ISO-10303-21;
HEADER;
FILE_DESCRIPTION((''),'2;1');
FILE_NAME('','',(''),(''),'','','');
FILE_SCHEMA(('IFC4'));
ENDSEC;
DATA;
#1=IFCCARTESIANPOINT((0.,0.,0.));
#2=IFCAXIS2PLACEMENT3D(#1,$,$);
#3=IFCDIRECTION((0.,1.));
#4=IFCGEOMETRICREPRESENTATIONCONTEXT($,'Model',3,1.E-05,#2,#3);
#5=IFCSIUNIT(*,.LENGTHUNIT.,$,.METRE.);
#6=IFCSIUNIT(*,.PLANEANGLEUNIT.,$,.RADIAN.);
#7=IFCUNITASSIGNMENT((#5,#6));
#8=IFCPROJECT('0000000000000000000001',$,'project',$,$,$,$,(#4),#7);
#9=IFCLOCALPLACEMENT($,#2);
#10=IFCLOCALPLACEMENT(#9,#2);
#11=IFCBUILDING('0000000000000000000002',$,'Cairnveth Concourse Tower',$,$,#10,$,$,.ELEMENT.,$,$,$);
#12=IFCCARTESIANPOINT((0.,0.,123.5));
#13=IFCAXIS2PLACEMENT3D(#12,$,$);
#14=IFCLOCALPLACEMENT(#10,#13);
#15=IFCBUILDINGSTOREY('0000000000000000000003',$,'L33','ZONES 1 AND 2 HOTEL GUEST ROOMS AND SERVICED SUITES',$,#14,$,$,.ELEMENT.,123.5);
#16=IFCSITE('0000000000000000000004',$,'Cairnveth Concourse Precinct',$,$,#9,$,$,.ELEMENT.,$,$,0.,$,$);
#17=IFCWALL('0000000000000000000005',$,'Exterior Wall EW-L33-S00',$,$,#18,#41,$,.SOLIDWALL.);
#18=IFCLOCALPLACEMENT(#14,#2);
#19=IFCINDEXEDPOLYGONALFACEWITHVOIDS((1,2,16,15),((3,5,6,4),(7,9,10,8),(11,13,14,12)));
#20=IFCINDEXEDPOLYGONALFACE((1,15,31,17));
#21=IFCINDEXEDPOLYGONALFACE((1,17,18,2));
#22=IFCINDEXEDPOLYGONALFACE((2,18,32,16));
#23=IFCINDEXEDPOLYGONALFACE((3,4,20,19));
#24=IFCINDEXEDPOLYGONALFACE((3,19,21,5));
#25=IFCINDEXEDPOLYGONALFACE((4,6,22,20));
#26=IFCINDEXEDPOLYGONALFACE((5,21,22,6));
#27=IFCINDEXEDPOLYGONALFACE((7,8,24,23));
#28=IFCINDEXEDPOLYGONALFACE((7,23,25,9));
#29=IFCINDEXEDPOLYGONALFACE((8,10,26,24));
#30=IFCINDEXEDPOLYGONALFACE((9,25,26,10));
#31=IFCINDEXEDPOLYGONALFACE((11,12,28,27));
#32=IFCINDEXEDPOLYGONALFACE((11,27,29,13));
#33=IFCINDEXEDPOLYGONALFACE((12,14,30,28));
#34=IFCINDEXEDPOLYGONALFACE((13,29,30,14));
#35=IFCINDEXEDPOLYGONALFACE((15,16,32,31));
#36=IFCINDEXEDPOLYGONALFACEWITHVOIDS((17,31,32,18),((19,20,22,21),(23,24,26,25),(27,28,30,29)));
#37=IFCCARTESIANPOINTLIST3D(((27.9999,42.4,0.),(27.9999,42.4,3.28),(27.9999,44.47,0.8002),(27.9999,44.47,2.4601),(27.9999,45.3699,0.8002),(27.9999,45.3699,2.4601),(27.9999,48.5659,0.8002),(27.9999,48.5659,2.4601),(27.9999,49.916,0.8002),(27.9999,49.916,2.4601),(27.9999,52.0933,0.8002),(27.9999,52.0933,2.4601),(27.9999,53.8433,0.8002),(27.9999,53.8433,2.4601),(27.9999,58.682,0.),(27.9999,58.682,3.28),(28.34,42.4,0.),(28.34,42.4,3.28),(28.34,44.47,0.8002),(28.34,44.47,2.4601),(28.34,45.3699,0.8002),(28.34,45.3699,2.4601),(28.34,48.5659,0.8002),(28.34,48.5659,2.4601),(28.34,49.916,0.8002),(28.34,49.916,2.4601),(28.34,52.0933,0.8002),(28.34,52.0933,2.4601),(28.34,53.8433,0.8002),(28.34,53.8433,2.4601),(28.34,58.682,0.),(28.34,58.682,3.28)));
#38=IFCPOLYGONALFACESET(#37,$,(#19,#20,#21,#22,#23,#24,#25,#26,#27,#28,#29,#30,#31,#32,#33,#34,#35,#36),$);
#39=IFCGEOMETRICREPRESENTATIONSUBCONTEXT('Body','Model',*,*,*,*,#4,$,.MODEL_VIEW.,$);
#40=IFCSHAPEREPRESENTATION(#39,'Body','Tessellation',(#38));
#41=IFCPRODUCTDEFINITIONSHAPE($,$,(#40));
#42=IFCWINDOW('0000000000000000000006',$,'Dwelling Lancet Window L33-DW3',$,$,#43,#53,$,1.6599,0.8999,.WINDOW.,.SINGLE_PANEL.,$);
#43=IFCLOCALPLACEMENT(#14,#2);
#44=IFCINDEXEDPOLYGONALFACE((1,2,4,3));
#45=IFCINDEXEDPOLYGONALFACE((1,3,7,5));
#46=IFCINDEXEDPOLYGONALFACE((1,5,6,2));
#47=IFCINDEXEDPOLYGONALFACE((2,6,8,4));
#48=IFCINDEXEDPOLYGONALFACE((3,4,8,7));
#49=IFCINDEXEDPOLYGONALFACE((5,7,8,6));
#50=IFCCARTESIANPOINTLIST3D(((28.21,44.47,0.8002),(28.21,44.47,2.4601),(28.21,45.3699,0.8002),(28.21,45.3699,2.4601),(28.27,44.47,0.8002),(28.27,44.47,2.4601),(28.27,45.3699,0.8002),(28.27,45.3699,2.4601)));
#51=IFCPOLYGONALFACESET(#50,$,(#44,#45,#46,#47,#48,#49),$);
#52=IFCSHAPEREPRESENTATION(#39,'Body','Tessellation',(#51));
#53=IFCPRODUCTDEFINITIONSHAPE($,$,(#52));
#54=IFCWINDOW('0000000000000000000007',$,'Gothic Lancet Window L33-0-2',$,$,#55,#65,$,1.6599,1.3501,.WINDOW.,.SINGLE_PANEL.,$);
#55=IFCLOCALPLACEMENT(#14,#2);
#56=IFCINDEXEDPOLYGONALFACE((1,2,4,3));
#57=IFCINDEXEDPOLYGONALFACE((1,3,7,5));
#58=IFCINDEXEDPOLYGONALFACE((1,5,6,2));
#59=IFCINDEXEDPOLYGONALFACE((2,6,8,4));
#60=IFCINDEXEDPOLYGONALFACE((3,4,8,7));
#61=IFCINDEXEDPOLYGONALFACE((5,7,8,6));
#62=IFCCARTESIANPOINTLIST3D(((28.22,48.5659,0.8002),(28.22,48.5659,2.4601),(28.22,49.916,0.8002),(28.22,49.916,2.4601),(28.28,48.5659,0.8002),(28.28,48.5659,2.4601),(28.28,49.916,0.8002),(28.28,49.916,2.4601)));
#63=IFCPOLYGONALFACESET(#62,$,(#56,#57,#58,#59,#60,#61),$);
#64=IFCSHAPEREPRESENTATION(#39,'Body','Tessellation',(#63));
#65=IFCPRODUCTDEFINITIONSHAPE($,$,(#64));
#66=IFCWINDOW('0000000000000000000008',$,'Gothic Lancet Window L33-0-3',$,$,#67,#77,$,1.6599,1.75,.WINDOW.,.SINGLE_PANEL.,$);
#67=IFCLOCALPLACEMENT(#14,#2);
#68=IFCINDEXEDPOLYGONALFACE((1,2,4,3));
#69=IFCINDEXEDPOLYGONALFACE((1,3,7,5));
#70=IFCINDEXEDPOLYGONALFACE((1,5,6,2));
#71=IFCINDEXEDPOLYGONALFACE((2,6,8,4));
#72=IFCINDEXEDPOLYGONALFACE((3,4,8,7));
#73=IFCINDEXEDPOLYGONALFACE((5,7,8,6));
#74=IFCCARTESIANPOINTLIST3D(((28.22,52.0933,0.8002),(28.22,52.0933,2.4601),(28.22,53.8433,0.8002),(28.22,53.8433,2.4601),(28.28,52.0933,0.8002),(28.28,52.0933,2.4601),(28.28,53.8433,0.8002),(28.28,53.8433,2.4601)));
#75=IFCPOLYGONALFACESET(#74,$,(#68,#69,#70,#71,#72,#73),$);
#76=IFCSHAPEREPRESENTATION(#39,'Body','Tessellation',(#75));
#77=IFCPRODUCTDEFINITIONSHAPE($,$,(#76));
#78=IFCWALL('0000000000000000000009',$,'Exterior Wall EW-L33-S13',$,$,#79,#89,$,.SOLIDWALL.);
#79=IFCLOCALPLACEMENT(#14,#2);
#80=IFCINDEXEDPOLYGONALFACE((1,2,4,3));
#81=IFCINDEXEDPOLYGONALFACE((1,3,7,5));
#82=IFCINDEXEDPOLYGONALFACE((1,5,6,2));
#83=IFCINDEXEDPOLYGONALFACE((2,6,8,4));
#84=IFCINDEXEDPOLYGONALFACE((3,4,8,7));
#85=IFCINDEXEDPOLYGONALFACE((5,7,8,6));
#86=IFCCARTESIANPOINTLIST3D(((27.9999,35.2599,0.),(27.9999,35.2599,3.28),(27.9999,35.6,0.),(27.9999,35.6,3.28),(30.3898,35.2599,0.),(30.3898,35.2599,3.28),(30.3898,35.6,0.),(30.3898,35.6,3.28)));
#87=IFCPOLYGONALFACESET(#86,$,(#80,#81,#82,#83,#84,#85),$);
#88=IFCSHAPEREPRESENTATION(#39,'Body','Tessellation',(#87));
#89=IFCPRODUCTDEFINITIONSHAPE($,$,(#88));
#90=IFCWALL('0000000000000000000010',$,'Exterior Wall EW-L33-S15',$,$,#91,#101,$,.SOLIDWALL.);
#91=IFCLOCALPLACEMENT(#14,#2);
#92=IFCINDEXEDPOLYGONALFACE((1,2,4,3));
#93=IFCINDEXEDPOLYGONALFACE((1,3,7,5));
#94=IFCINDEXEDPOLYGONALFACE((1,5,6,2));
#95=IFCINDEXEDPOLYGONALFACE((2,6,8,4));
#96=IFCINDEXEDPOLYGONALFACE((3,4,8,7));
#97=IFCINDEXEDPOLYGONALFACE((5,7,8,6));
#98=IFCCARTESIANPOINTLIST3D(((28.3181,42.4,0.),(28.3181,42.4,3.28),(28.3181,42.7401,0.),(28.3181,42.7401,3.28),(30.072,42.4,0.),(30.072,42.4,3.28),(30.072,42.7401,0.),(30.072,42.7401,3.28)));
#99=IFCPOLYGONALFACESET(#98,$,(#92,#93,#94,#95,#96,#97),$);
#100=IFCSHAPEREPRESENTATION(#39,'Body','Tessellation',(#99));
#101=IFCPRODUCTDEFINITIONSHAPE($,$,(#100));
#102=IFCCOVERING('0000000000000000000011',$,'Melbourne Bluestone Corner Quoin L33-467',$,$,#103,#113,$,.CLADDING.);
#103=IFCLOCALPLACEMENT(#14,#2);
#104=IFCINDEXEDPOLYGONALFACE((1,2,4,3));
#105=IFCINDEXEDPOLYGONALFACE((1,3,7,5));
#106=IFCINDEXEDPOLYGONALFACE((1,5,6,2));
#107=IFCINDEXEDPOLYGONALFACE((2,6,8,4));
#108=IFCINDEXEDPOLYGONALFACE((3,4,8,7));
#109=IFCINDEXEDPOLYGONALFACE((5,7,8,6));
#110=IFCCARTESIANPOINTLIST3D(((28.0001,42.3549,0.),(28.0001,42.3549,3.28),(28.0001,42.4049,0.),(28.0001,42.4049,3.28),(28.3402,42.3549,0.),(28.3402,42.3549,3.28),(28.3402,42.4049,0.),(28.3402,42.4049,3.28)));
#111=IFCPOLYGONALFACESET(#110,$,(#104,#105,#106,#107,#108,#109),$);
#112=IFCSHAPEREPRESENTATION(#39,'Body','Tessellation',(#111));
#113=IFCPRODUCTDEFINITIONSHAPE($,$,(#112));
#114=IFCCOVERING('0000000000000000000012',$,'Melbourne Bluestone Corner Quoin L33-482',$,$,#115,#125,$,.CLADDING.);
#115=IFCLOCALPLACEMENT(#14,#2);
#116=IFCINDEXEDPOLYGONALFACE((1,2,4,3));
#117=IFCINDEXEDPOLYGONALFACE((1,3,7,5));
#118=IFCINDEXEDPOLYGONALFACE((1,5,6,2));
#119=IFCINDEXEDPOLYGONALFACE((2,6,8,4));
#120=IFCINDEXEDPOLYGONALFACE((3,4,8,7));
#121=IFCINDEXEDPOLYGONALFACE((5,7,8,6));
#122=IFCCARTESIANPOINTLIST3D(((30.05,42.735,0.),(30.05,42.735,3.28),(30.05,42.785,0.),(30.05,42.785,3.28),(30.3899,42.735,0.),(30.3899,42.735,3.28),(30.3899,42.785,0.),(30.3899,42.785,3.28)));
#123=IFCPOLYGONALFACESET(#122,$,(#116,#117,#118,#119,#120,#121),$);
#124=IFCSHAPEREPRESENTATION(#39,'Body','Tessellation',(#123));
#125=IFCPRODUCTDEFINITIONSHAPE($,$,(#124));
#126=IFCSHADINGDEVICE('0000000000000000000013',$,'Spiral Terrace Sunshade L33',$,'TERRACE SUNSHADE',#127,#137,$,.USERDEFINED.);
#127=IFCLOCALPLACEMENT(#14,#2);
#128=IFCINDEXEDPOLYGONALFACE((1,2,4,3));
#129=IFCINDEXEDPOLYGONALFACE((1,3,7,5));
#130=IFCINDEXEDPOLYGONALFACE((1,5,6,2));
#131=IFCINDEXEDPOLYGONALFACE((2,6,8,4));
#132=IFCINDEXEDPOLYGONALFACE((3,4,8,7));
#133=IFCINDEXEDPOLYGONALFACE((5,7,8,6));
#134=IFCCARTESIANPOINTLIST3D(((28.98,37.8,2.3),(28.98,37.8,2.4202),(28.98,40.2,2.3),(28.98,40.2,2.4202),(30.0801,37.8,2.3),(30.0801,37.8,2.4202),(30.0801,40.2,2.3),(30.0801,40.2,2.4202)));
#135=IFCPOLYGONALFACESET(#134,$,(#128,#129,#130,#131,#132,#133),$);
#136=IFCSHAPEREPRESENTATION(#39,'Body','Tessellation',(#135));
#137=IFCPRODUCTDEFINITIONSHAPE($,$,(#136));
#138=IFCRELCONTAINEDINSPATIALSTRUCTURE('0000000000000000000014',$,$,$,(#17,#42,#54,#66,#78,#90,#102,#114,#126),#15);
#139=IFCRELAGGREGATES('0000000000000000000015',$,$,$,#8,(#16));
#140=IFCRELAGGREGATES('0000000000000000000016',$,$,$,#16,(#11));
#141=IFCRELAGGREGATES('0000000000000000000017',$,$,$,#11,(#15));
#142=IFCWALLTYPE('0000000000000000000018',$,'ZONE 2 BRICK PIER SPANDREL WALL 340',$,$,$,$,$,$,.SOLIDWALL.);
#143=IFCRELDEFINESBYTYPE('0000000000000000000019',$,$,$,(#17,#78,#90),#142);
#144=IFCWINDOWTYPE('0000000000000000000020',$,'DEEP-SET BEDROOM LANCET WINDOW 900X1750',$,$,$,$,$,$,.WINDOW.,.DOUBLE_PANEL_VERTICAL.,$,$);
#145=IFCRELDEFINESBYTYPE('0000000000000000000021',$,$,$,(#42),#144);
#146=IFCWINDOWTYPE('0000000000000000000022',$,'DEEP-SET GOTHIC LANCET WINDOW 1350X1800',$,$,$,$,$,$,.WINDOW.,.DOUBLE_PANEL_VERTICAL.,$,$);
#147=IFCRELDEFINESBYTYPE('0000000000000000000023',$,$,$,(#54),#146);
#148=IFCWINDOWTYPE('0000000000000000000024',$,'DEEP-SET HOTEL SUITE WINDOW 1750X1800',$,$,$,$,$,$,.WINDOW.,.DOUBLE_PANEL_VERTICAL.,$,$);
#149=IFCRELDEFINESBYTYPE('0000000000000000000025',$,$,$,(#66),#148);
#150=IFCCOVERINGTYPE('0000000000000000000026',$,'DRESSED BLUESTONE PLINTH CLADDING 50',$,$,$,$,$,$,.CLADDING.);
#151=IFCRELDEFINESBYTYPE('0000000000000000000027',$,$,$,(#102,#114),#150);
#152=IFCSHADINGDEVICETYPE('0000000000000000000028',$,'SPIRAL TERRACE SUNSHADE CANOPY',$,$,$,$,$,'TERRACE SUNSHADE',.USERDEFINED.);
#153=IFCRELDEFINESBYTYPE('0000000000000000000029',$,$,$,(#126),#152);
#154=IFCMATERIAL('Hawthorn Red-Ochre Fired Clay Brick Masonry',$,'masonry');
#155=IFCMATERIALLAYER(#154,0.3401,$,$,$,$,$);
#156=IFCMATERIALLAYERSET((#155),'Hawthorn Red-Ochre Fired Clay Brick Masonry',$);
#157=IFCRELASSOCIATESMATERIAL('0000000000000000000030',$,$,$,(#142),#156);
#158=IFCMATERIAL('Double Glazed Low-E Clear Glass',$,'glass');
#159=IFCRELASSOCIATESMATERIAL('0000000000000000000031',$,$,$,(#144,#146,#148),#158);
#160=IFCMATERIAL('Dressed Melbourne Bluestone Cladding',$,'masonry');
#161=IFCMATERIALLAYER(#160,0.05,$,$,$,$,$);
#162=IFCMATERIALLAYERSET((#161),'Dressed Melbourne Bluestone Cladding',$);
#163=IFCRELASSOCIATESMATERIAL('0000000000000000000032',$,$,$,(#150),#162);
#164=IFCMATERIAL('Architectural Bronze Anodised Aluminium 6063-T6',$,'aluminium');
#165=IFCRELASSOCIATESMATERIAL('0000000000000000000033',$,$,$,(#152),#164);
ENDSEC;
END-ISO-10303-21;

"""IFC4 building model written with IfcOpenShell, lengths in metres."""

from ifc_helpers import new_model, si_unit, direction, frame, frame_2d, origin, origin_2d, place, context, subcontext, project, spatial, rectangle, extrude, material, layer, layer_set, type_object, element, fill, save


model = new_model("IFC4")

# Units and contexts
model_context = context("Model", 3, precision=1e-05, world=origin(), true_north=direction((0.0, 1.0)))
body_context = subcontext(model_context, "Body", "Model", "MODEL_VIEW")
ifc_project = project(units=[si_unit("LENGTHUNIT", "METRE"), si_unit("PLANEANGLEUNIT", "RADIAN")], contexts=[model_context])

# Site, building, storey
site_placement = place(None, origin())
site = spatial("IfcSite", under=ifc_project, at=site_placement, Name="Cairnveth Concourse Precinct", CompositionType="ELEMENT", RefElevation=0.0)
building_placement = place(site_placement, origin())
building = spatial("IfcBuilding", under=site, at=building_placement, Name="Cairnveth Concourse Tower", CompositionType="ELEMENT")
storey_placement = place(building_placement, frame((0.0, 0.0, 123.5)))
storey = spatial("IfcBuildingStorey", under=building, at=storey_placement, Name="L33", Description="ZONES 1 AND 2 HOTEL GUEST ROOMS AND SERVICED SUITES", CompositionType="ELEMENT", Elevation=123.5)

# Shared definitions
ifc_material_1 = material(Name="Dressed Melbourne Bluestone Cladding", Category="masonry")

# Wall, openings, windows
ifc_material_2 = material(Name="Hawthorn Red-Ochre Fired Clay Brick Masonry", Category="masonry")
ifc_layer_1 = layer(ifc_material_2, 0.3401)
ifc_layer_set_1 = layer_set([ifc_layer_1], Name="Hawthorn Red-Ochre Fired Clay Brick Masonry")
wall_type_1 = type_object("IfcWallType", Name="ZONE 2 BRICK PIER SPANDREL WALL 340", PredefinedType="SOLIDWALL", material=ifc_layer_set_1)
wall_1_placement = place(storey_placement, frame((28.1699, 42.3999, 0.0), z_axis=(0.0, 0.0, 1.0), x_axis=(0.0, 1.0, 0.0)))
wall_1 = element("IfcWall", 1, at=wall_1_placement, inside=storey, type_object=wall_type_1, Name="Exterior Wall EW-L33-S00", PredefinedType="SOLIDWALL", context=body_context, shape_type="SweptSolid", body=[
    extrude(rectangle(XDim=16.282, YDim=0.3401, at=frame_2d((8.1411, 0.0))), origin(), (0.0, 0.0, 1.0), 3.28),
])
opening_1_placement = place(wall_1_placement, frame((6.166, 0.0, 0.8)))
opening_1 = element("IfcOpeningElement", 2, at=opening_1_placement, cuts=wall_1, PredefinedType="OPENING", context=body_context, shape_type="SweptSolid", body=[
    extrude(rectangle(XDim=1.3501, YDim=1.6599, at=frame_2d((0.675, 0.8301))), frame((0.0, 0.1799, 0.0), z_axis=(0.0, -1.0, 0.0), x_axis=(1.0, 0.0, 0.0)), (0.0, 0.0, 1.0), 0.3601),
])
opening_2_placement = place(wall_1_placement, frame((9.6934, 0.0, 0.8)))
opening_2 = element("IfcOpeningElement", 3, at=opening_2_placement, cuts=wall_1, PredefinedType="OPENING", context=body_context, shape_type="SweptSolid", body=[
    extrude(rectangle(XDim=1.75, YDim=1.6599, at=frame_2d((0.875, 0.8301))), frame((0.0, 0.1799, 0.0), z_axis=(0.0, -1.0, 0.0), x_axis=(1.0, 0.0, 0.0)), (0.0, 0.0, 1.0), 0.3601),
])
opening_3_placement = place(wall_1_placement, frame((2.0701, 0.0, 0.8)))
opening_3 = element("IfcOpeningElement", 4, at=opening_3_placement, cuts=wall_1, PredefinedType="OPENING", context=body_context, shape_type="SweptSolid", body=[
    extrude(rectangle(XDim=0.8999, YDim=1.6599, at=frame_2d((0.45, 0.8301))), frame((0.0, 0.1799, 0.0), z_axis=(0.0, -1.0, 0.0), x_axis=(1.0, 0.0, 0.0)), (0.0, 0.0, 1.0), 0.3601),
])
ifc_material_3 = material(Name="Double Glazed Low-E Clear Glass", Category="glass")
window_type_1 = type_object("IfcWindowType", Name="DEEP-SET BEDROOM LANCET WINDOW 900X1750", PartitioningType="DOUBLE_PANEL_VERTICAL", PredefinedType="WINDOW", material=ifc_material_3)
window_1_placement = place(opening_3_placement, origin())
window_1 = element("IfcWindow", 5, at=window_1_placement, inside=storey, type_object=window_type_1, Name="Dwelling Lancet Window L33-DW3", OverallHeight=1.6599, OverallWidth=0.8999, PartitioningType="SINGLE_PANEL", PredefinedType="WINDOW", context=body_context, shape_type="SweptSolid", body=[
    extrude(rectangle(XDim=0.8999, YDim=1.6599, at=frame_2d((0.45, 0.8301))), frame((0.0, -0.04, 0.0), z_axis=(0.0, -1.0, 0.0), x_axis=(1.0, 0.0, 0.0)), (0.0, 0.0, 1.0), 0.0601),
])
fill(opening_3, window_1)
window_type_2 = type_object("IfcWindowType", Name="DEEP-SET GOTHIC LANCET WINDOW 1350X1800", PartitioningType="DOUBLE_PANEL_VERTICAL", PredefinedType="WINDOW", material=ifc_material_3)
window_2_placement = place(opening_1_placement, origin())
window_2 = element("IfcWindow", 6, at=window_2_placement, inside=storey, type_object=window_type_2, Name="Gothic Lancet Window L33-0-2", OverallHeight=1.6599, OverallWidth=1.3501, PartitioningType="SINGLE_PANEL", PredefinedType="WINDOW", context=body_context, shape_type="SweptSolid", body=[
    extrude(rectangle(XDim=1.3501, YDim=1.6599, at=frame_2d((0.675, 0.8301))), frame((0.0, -0.05, 0.0), z_axis=(0.0, -1.0, 0.0), x_axis=(1.0, 0.0, 0.0)), (0.0, 0.0, 1.0), 0.0601),
])
fill(opening_1, window_2)
window_type_3 = type_object("IfcWindowType", Name="DEEP-SET HOTEL SUITE WINDOW 1750X1800", PartitioningType="DOUBLE_PANEL_VERTICAL", PredefinedType="WINDOW", material=ifc_material_3)
window_3_placement = place(opening_2_placement, origin())
window_3 = element("IfcWindow", 7, at=window_3_placement, inside=storey, type_object=window_type_3, Name="Gothic Lancet Window L33-0-3", OverallHeight=1.6599, OverallWidth=1.75, PartitioningType="SINGLE_PANEL", PredefinedType="WINDOW", context=body_context, shape_type="SweptSolid", body=[
    extrude(rectangle(XDim=1.75, YDim=1.6599, at=frame_2d((0.875, 0.8301))), frame((0.0, -0.05, 0.0), z_axis=(0.0, -1.0, 0.0), x_axis=(1.0, 0.0, 0.0)), (0.0, 0.0, 1.0), 0.0601),
])
fill(opening_2, window_3)

# Wall
wall_2_placement = place(storey_placement, frame((28.0, 35.4299, 0.0), z_axis=(0.0, 0.0, 1.0), x_axis=(1.0, 0.0, 0.0)))
element("IfcWall", 8, at=wall_2_placement, inside=storey, type_object=wall_type_1, Name="Exterior Wall EW-L33-S13", PredefinedType="SOLIDWALL", context=body_context, shape_type="SweptSolid", body=[
    extrude(rectangle(XDim=2.3899, YDim=0.3401, at=frame_2d((1.1948, 0.0))), origin(), (0.0, 0.0, 1.0), 3.28),
])

# Shared definitions
ifc_material_4 = material(Name="Architectural Bronze Anodised Aluminium 6063-T6", Category="aluminium")

# Wall
wall_3_placement = place(storey_placement, frame((30.072, 42.5701, 0.0), z_axis=(0.0, 0.0, 1.0), x_axis=(-1.0, 0.0, 0.0)))
element("IfcWall", 9, at=wall_3_placement, inside=storey, type_object=wall_type_1, Name="Exterior Wall EW-L33-S15", PredefinedType="SOLIDWALL", context=body_context, shape_type="SweptSolid", body=[
    extrude(rectangle(XDim=1.7539, YDim=0.3401, at=frame_2d((0.877, 0.0))), origin(), (0.0, 0.0, 1.0), 3.28),
])

# Coverings
ifc_layer_2 = layer(ifc_material_1, 0.05)
ifc_layer_set_2 = layer_set([ifc_layer_2], Name="Dressed Melbourne Bluestone Cladding")
covering_type = type_object("IfcCoveringType", Name="DRESSED BLUESTONE PLINTH CLADDING 50", PredefinedType="CLADDING", material=ifc_layer_set_2)
covering_1_placement = place(storey_placement, frame((28.3401, 42.3799, 0.0), z_axis=(0.0, 0.0, 1.0), x_axis=(-1.0, 0.0, 0.0)))
element("IfcCovering", 10, at=covering_1_placement, inside=storey, type_object=covering_type, Name="Melbourne Bluestone Corner Quoin L33-467", PredefinedType="CLADDING", context=body_context, shape_type="SweptSolid", body=[
    extrude(rectangle(XDim=0.3401, YDim=0.05, at=frame_2d((0.1699, 0.0))), origin(), (0.0, 0.0, 1.0), 3.28),
])
covering_2_placement = place(storey_placement, frame((30.3899, 42.76, 0.0), z_axis=(0.0, 0.0, 1.0), x_axis=(-1.0, 0.0, 0.0)))
element("IfcCovering", 11, at=covering_2_placement, inside=storey, type_object=covering_type, Name="Melbourne Bluestone Corner Quoin L33-482", PredefinedType="CLADDING", context=body_context, shape_type="SweptSolid", body=[
    extrude(rectangle(XDim=0.3398, YDim=0.05, at=frame_2d((0.1699, 0.0))), origin(), (0.0, 0.0, 1.0), 3.28),
])

# Shading device
shading_device_type = type_object("IfcShadingDeviceType", Name="SPIRAL TERRACE SUNSHADE CANOPY", ElementType="TERRACE SUNSHADE", PredefinedType="USERDEFINED", material=ifc_material_4)
shading_device_placement = place(storey_placement, frame((29.53, 39.0, 2.3), z_axis=(0.0, 0.0, 1.0), x_axis=(1.0, 0.0, 0.0)))
element("IfcShadingDevice", 12, at=shading_device_placement, inside=storey, type_object=shading_device_type, Name="Spiral Terrace Sunshade L33", ObjectType="TERRACE SUNSHADE", PredefinedType="USERDEFINED", context=body_context, shape_type="SweptSolid", body=[
    extrude(rectangle(XDim=1.1001, YDim=2.3999, at=origin_2d()), origin(), (0.0, 0.0, 1.0), 0.1201),
])

save(model, "model.ifc")
